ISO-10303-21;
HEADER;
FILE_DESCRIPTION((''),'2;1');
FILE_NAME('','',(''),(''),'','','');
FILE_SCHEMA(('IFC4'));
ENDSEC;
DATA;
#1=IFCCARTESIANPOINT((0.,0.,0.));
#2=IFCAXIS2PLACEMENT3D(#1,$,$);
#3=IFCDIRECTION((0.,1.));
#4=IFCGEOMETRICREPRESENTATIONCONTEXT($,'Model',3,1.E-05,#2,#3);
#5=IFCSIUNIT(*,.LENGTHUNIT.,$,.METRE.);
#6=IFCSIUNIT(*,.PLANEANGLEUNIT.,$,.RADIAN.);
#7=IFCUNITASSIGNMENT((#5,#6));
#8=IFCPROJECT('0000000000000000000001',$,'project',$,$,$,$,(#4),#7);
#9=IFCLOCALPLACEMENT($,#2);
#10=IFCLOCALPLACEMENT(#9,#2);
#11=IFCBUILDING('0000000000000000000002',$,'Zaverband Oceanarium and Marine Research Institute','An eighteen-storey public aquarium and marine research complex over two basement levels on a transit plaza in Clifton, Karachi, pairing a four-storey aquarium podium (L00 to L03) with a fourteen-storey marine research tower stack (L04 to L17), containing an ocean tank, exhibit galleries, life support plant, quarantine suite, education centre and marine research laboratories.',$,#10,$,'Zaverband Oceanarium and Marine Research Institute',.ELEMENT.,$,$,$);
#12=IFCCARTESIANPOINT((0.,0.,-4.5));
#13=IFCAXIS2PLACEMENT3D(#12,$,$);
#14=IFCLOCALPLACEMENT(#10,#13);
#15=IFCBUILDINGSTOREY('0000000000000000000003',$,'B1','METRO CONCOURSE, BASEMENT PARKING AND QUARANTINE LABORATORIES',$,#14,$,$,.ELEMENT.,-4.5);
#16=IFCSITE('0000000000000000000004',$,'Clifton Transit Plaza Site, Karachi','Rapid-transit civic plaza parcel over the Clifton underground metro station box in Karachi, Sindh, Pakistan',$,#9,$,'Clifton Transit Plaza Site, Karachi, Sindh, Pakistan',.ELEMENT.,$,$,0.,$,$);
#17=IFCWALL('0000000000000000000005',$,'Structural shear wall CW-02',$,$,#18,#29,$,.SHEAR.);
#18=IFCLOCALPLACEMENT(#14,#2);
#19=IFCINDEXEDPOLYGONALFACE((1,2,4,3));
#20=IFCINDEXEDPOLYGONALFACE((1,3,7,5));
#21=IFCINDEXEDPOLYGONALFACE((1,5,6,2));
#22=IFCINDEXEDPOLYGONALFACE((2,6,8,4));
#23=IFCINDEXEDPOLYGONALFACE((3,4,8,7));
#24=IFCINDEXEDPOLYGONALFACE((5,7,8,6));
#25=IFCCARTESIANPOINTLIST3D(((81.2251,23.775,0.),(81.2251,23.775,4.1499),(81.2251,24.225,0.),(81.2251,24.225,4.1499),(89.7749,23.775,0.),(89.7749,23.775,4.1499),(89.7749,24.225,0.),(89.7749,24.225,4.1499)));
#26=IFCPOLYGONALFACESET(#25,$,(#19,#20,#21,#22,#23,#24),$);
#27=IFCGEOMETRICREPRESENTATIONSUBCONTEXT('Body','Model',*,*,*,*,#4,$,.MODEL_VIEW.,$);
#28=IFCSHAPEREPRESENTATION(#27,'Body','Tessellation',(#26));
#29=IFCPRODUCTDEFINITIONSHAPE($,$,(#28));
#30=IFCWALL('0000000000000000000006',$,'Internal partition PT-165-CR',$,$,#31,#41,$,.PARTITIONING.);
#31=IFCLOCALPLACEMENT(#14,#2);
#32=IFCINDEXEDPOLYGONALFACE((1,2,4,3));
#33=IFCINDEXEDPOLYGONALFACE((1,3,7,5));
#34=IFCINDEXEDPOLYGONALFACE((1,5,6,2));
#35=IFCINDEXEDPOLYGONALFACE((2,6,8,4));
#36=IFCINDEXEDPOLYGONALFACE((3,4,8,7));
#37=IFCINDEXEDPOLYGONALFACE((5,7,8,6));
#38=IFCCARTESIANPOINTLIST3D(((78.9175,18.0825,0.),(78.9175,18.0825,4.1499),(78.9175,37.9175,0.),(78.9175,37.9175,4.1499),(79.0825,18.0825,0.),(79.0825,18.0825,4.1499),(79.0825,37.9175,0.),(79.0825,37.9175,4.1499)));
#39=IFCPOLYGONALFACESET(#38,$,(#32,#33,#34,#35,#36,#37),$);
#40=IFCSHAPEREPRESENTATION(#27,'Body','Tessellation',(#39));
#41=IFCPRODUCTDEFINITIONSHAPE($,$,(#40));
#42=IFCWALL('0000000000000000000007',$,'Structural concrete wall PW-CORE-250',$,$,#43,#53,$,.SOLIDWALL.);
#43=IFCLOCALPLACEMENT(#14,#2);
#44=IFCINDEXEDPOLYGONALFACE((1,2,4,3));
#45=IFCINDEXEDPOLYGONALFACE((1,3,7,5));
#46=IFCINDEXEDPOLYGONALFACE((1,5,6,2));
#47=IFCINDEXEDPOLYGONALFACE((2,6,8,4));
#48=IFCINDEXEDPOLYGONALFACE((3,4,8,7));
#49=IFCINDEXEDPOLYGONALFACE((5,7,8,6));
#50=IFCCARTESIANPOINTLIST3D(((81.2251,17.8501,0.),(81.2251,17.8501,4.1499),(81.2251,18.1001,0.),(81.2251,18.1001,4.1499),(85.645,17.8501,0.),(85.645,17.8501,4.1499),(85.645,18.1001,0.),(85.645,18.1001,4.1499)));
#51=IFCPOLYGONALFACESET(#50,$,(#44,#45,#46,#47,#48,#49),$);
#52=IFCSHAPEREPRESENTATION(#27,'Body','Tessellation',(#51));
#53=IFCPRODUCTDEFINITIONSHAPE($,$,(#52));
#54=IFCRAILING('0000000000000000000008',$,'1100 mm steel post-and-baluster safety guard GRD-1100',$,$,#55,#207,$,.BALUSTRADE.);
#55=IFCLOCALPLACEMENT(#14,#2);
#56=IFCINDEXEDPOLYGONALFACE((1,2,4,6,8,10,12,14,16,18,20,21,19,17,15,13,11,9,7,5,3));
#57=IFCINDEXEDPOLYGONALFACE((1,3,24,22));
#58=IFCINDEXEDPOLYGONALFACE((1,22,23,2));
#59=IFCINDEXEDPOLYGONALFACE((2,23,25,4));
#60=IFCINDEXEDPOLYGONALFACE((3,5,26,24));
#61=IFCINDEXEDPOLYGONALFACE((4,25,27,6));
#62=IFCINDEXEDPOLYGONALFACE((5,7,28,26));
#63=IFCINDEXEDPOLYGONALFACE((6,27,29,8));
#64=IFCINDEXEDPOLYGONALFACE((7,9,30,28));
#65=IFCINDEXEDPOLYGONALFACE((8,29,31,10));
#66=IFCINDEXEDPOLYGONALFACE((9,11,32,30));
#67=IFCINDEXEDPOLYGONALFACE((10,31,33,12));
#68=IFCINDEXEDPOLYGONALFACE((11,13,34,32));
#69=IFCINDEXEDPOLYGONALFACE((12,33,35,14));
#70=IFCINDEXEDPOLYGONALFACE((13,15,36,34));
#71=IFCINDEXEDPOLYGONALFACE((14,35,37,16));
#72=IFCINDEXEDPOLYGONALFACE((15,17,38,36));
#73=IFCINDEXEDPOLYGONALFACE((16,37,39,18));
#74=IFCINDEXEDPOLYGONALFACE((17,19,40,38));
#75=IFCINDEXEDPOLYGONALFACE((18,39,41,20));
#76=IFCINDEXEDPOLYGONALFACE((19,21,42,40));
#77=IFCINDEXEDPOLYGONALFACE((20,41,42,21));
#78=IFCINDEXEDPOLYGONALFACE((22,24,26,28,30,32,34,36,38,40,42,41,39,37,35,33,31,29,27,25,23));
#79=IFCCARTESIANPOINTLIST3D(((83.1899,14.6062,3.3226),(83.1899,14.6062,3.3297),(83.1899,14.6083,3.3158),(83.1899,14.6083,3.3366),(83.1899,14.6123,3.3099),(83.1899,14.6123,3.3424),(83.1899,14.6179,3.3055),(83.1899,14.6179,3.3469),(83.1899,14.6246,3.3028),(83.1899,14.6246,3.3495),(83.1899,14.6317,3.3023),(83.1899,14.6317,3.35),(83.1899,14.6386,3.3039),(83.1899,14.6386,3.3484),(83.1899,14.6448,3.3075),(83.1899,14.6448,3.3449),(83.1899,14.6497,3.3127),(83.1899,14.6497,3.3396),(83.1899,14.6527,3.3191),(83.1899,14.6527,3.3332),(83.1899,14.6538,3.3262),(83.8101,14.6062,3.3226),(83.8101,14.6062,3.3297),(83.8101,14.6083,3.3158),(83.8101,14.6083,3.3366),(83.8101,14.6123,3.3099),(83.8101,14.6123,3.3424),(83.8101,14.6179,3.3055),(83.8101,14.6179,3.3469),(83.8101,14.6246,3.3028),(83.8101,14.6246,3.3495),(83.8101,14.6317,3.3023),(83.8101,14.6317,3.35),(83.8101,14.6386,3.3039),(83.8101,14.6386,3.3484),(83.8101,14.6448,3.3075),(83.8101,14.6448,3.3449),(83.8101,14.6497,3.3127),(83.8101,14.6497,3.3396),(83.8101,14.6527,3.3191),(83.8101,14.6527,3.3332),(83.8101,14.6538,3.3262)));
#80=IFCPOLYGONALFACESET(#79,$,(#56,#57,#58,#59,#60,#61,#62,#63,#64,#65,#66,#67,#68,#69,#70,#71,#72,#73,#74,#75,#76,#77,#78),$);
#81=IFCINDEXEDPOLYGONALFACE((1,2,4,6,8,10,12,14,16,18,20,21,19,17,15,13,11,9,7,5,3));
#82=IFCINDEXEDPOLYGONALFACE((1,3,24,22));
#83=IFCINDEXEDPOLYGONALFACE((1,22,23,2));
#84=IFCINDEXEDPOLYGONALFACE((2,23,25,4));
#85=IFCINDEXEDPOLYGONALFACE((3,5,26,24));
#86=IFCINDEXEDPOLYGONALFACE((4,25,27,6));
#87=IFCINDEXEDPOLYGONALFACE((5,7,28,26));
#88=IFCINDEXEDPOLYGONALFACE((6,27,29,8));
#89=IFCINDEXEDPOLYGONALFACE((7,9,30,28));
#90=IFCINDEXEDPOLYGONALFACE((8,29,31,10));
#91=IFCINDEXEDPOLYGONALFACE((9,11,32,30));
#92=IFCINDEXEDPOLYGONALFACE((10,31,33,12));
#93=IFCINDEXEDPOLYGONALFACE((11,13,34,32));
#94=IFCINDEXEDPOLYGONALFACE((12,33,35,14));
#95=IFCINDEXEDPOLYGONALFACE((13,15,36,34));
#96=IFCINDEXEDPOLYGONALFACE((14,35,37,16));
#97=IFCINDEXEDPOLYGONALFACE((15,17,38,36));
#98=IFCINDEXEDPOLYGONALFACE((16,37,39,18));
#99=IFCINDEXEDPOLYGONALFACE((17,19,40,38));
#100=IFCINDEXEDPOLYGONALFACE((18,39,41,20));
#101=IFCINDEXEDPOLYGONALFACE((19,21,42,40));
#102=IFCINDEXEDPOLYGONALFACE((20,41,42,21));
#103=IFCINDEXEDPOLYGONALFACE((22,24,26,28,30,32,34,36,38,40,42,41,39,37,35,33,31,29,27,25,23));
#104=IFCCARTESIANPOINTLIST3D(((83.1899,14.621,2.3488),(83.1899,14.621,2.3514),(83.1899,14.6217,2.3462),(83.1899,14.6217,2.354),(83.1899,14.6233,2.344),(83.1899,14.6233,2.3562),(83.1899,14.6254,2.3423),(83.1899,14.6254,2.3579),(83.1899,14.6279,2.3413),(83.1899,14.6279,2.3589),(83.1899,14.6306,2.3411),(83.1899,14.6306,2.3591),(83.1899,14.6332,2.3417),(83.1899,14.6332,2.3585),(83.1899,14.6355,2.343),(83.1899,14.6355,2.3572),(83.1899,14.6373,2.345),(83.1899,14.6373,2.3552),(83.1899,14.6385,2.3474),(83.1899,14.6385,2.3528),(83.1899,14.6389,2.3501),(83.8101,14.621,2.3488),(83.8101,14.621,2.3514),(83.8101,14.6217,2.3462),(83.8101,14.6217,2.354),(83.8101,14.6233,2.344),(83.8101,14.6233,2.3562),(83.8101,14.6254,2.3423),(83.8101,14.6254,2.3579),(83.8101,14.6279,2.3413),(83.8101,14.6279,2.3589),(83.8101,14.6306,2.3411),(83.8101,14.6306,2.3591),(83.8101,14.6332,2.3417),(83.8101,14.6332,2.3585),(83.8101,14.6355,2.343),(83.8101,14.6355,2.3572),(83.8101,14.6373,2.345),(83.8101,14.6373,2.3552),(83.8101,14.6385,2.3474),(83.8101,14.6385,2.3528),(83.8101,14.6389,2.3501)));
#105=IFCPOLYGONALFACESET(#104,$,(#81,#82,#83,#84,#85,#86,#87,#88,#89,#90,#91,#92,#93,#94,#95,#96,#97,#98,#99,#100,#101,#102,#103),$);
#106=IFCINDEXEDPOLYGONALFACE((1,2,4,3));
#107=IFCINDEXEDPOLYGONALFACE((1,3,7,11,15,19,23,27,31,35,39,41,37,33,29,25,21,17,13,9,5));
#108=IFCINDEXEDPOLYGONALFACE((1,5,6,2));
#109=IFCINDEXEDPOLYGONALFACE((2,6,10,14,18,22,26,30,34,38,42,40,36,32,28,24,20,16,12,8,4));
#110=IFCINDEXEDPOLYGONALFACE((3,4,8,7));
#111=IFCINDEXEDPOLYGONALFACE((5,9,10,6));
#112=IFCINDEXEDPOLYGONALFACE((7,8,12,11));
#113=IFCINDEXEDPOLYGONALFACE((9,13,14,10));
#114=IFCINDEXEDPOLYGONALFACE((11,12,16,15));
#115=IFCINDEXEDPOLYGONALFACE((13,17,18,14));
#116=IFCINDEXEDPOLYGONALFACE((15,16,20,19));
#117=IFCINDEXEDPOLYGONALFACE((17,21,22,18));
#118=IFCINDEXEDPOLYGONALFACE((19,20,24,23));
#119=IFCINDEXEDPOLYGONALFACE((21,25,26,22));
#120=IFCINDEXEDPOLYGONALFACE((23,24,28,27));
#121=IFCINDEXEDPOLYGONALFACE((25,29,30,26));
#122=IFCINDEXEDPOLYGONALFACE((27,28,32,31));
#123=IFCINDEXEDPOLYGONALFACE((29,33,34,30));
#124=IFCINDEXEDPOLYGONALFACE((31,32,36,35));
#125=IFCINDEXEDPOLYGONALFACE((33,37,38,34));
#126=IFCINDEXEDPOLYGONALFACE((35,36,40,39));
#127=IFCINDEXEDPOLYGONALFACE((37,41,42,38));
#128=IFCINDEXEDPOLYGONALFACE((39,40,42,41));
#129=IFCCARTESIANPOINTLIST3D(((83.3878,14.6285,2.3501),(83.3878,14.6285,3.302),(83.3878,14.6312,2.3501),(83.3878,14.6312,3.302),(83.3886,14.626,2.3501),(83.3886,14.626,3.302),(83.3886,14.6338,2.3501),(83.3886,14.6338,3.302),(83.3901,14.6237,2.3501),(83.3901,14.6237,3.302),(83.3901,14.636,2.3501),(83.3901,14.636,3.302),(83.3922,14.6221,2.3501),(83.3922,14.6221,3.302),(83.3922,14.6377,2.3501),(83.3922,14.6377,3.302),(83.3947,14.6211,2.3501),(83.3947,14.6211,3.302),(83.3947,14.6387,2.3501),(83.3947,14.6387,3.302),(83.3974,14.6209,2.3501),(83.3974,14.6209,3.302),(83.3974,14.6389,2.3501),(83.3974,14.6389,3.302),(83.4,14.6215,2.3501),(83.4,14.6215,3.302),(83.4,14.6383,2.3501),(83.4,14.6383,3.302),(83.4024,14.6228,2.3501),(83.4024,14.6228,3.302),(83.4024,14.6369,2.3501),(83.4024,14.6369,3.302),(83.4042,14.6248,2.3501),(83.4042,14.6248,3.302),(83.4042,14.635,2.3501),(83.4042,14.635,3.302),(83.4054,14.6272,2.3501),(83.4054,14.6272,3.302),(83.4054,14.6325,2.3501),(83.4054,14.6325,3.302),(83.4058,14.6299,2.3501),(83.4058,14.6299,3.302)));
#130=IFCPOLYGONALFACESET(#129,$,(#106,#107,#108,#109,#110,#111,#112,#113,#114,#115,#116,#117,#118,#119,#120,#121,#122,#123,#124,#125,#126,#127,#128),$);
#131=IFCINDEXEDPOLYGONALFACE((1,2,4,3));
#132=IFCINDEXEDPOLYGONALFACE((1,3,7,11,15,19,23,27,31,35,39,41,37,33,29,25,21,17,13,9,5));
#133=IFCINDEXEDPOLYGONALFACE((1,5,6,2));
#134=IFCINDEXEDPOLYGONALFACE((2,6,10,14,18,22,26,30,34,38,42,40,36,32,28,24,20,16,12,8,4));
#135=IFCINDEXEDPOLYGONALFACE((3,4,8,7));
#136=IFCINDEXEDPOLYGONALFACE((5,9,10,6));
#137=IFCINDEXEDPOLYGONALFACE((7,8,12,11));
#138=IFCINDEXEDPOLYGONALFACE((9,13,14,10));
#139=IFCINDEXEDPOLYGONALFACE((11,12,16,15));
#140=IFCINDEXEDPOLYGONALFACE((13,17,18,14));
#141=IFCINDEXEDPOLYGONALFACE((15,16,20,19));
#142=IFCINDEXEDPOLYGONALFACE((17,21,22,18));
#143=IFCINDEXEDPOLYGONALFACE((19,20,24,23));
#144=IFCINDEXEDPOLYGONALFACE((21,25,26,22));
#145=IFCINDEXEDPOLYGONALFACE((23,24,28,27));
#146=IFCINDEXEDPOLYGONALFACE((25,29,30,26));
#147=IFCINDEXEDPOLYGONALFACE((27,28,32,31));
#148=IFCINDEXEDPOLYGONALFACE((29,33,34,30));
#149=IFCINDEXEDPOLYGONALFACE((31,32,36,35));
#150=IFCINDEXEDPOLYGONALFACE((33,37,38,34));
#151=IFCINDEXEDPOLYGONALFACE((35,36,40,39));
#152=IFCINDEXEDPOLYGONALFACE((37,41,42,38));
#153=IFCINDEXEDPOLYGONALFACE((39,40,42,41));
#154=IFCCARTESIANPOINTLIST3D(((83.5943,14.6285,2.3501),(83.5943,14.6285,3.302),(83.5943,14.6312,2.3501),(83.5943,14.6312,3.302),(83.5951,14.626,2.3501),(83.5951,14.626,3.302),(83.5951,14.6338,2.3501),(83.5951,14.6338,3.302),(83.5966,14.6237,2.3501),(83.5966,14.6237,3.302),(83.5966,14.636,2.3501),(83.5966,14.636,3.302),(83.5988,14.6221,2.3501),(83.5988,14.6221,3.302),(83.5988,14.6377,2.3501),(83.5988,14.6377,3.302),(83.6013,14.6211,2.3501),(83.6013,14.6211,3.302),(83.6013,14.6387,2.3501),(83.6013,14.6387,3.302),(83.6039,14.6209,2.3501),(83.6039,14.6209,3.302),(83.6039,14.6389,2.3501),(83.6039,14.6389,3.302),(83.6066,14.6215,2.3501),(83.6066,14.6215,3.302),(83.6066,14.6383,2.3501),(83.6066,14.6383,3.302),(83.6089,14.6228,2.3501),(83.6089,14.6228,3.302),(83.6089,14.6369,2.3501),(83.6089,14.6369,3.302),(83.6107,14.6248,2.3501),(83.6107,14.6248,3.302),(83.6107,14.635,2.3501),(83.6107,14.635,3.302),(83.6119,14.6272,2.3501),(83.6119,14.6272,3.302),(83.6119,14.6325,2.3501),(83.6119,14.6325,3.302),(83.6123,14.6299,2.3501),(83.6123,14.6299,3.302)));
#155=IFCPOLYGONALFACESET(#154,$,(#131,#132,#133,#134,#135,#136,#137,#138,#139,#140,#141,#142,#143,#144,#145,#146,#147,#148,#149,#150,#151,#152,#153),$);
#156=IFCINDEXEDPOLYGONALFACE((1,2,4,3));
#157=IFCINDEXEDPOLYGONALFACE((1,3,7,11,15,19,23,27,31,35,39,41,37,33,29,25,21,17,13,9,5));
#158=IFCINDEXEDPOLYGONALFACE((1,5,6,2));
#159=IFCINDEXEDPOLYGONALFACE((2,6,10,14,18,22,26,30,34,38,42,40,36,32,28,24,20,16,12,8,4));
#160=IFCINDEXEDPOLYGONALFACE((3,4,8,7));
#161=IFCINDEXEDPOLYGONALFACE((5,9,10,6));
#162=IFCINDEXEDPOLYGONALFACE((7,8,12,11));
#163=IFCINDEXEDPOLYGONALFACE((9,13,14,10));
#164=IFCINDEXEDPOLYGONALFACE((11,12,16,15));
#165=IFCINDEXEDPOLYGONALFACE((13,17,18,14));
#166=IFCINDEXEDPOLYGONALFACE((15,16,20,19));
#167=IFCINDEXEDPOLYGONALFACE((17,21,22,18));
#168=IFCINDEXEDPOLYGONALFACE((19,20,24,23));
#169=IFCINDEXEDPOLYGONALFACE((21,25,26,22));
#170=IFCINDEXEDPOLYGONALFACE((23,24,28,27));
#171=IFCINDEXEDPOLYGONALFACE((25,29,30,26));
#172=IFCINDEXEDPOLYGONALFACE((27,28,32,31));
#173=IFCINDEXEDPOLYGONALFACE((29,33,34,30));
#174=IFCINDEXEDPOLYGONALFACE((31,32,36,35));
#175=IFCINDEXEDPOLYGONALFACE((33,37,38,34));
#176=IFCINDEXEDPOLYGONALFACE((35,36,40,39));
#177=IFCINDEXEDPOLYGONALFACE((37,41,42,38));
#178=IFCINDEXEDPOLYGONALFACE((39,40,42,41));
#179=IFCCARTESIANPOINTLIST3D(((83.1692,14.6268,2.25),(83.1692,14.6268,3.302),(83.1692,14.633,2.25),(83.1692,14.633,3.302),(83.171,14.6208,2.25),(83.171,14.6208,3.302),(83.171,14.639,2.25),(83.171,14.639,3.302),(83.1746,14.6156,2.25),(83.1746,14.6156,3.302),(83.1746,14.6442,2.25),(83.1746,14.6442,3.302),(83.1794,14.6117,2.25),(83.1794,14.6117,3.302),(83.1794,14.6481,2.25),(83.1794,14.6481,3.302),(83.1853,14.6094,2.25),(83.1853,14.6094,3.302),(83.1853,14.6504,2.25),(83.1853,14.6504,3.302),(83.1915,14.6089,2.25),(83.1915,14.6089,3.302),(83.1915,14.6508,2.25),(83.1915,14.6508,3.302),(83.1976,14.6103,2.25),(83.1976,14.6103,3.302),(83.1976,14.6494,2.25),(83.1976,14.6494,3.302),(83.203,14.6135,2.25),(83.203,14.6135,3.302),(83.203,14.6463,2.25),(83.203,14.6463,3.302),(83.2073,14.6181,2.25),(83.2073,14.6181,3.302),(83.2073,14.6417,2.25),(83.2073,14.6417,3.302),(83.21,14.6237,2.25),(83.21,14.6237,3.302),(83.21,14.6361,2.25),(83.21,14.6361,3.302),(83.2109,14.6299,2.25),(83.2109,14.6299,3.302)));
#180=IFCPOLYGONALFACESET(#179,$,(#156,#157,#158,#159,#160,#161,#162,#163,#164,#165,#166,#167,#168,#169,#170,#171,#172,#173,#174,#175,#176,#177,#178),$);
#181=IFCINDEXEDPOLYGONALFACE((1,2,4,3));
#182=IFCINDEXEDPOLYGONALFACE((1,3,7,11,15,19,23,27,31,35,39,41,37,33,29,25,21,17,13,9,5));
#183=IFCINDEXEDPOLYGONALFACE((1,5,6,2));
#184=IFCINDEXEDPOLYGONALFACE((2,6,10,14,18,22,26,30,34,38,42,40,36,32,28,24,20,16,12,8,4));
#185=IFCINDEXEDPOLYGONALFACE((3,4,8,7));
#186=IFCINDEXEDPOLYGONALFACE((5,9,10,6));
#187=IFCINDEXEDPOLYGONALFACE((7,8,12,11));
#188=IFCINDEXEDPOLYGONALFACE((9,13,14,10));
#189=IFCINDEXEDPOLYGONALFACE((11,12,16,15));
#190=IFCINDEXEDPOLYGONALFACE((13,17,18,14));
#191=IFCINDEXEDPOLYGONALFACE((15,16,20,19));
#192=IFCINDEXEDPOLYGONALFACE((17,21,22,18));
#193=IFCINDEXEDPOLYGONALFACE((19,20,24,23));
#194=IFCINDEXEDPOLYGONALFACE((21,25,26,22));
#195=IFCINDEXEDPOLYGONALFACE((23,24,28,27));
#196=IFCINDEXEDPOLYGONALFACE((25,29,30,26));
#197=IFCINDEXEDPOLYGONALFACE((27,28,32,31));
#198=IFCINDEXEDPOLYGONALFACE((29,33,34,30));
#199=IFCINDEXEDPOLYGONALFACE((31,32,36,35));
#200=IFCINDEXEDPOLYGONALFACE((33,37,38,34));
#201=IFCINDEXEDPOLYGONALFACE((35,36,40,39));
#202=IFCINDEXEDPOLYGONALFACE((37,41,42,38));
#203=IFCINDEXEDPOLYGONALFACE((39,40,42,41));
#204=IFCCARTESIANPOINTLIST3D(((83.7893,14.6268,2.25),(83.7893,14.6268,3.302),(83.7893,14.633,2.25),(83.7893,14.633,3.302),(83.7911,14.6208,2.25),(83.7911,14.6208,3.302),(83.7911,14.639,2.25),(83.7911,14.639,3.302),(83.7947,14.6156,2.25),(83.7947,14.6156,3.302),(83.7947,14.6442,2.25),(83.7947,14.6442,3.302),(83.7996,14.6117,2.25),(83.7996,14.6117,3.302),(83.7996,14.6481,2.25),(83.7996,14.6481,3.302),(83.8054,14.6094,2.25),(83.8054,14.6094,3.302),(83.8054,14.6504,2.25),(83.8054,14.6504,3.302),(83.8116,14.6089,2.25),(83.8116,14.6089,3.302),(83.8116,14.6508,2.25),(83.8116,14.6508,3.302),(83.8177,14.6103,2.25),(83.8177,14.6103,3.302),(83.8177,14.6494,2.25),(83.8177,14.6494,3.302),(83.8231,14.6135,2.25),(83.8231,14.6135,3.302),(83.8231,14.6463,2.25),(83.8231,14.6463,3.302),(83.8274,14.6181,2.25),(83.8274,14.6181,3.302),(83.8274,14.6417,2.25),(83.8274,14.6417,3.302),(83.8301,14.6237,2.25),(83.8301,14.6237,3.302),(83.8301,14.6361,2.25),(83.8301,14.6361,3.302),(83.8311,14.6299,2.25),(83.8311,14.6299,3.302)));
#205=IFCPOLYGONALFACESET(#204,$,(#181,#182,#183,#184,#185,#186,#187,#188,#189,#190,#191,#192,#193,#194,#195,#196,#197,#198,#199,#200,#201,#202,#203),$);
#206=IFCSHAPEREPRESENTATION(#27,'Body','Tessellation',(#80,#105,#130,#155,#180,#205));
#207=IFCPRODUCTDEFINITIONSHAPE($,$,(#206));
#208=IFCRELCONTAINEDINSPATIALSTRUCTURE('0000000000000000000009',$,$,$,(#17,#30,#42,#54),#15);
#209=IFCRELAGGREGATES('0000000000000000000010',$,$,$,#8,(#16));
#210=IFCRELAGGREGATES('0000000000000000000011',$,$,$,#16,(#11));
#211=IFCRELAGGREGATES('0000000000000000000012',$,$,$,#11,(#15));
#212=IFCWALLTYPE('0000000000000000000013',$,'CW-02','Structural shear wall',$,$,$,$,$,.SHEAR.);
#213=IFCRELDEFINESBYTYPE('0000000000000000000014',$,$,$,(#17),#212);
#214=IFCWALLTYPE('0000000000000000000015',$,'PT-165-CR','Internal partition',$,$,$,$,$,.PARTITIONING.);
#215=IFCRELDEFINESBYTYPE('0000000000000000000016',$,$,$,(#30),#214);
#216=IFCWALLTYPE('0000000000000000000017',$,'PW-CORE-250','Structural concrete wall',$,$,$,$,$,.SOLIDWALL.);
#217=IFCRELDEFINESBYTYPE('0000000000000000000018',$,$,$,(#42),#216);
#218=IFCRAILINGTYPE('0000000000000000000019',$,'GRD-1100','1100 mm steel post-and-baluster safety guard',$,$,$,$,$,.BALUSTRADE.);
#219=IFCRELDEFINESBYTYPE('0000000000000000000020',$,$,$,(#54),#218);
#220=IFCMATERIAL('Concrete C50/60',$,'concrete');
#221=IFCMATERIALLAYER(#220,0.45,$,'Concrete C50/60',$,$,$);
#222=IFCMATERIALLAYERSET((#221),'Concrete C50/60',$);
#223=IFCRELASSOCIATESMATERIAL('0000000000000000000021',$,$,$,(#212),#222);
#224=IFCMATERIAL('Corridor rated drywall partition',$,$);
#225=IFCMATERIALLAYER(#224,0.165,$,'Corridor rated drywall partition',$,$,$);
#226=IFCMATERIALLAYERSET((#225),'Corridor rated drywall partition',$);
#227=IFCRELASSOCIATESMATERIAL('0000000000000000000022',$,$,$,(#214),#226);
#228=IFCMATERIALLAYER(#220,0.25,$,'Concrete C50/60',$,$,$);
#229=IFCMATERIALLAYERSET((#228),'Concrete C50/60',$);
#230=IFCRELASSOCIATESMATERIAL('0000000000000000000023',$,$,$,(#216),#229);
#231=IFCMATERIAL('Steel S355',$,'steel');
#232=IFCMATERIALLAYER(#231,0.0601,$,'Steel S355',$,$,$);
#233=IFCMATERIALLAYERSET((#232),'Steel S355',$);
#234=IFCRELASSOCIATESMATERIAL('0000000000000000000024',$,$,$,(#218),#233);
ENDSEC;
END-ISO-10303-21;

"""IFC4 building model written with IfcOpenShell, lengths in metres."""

from ifc_helpers import new_model, si_unit, direction, frame, frame_2d, origin, origin_2d, place, context, subcontext, project, spatial, rectangle, circle, extrude, material, layer, layer_set, type_object, element, save


model = new_model("IFC4")

# Units and contexts
model_context = context("Model", 3, precision=1e-05, world=origin(), true_north=direction((0.0, 1.0)))
body_context = subcontext(model_context, "Body", "Model", "MODEL_VIEW")
ifc_project = project(units=[si_unit("LENGTHUNIT", "METRE"), si_unit("PLANEANGLEUNIT", "RADIAN")], contexts=[model_context])

# Site, building, storey
site_placement = place(None, origin())
site = spatial("IfcSite", under=ifc_project, at=site_placement, Name="Clifton Transit Plaza Site, Karachi", Description="Rapid-transit civic plaza parcel over the Clifton underground metro station box in Karachi, Sindh, Pakistan", LongName="Clifton Transit Plaza Site, Karachi, Sindh, Pakistan", CompositionType="ELEMENT", RefElevation=0.0)
building_placement = place(site_placement, origin())
building = spatial("IfcBuilding", under=site, at=building_placement, Name="Zaverband Oceanarium and Marine Research Institute", Description="An eighteen-storey public aquarium and marine research complex over two basement levels on a transit plaza in Clifton, Karachi, pairing a four-storey aquarium podium (L00 to L03) with a fourteen-storey marine research tower stack (L04 to L17), containing an ocean tank, exhibit galleries, life support plant, quarantine suite, education centre and marine research laboratories.", LongName="Zaverband Oceanarium and Marine Research Institute", CompositionType="ELEMENT")
storey_placement = place(building_placement, frame((0.0, 0.0, -4.5)))
storey = spatial("IfcBuildingStorey", under=building, at=storey_placement, Name="B1", Description="METRO CONCOURSE, BASEMENT PARKING AND QUARANTINE LABORATORIES", CompositionType="ELEMENT", Elevation=-4.5)

# Shared definitions
ifc_material_1 = material(Name="Concrete C50/60", Category="concrete")

# Walls
ifc_layer_1 = layer(ifc_material_1, 0.45, Name="Concrete C50/60")
ifc_layer_set_1 = layer_set([ifc_layer_1], Name="Concrete C50/60")
wall_type_1 = type_object("IfcWallType", Name="CW-02", Description="Structural shear wall", PredefinedType="SHEAR", material=ifc_layer_set_1)
wall_1_placement = place(storey_placement, frame((81.2251, 24.0, 0.0), z_axis=(0.0, 0.0, 1.0), x_axis=(1.0, 0.0, 0.0)))
element("IfcWall", 1, at=wall_1_placement, inside=storey, type_object=wall_type_1, Name="Structural shear wall CW-02", PredefinedType="SHEAR", context=body_context, shape_type="SweptSolid", body=[
    extrude(rectangle(XDim=8.5498, YDim=0.45, at=frame_2d((4.2749, 0.0))), origin(), (0.0, 0.0, 1.0), 4.1499),
])
ifc_material_2 = material(Name="Corridor rated drywall partition")
ifc_layer_2 = layer(ifc_material_2, 0.165, Name="Corridor rated drywall partition")
ifc_layer_set_2 = layer_set([ifc_layer_2], Name="Corridor rated drywall partition")
wall_type_2 = type_object("IfcWallType", Name="PT-165-CR", Description="Internal partition", PredefinedType="PARTITIONING", material=ifc_layer_set_2)
wall_2_placement = place(storey_placement, frame((79.0, 18.0825, 0.0), z_axis=(0.0, 0.0, 1.0), x_axis=(0.0, 1.0, 0.0)))
element("IfcWall", 2, at=wall_2_placement, inside=storey, type_object=wall_type_2, Name="Internal partition PT-165-CR", PredefinedType="PARTITIONING", context=body_context, shape_type="SweptSolid", body=[
    extrude(rectangle(XDim=19.835, YDim=0.165, at=frame_2d((9.9175, 0.0))), origin(), (0.0, 0.0, 1.0), 4.1499),
])
ifc_layer_3 = layer(ifc_material_1, 0.25, Name="Concrete C50/60")
ifc_layer_set_3 = layer_set([ifc_layer_3], Name="Concrete C50/60")
wall_type_3 = type_object("IfcWallType", Name="PW-CORE-250", Description="Structural concrete wall", PredefinedType="SOLIDWALL", material=ifc_layer_set_3)
wall_3_placement = place(storey_placement, frame((81.2251, 17.9751, 0.0), z_axis=(0.0, 0.0, 1.0), x_axis=(1.0, 0.0, 0.0)))
element("IfcWall", 3, at=wall_3_placement, inside=storey, type_object=wall_type_3, Name="Structural concrete wall PW-CORE-250", PredefinedType="SOLIDWALL", context=body_context, shape_type="SweptSolid", body=[
    extrude(rectangle(XDim=4.4199, YDim=0.25, at=frame_2d((2.21, 0.0))), origin(), (0.0, 0.0, 1.0), 4.1499),
])

# Railing
ifc_material_3 = material(Name="Steel S355", Category="steel")
ifc_layer_4 = layer(ifc_material_3, 0.0601, Name="Steel S355")
ifc_layer_set_4 = layer_set([ifc_layer_4], Name="Steel S355")
railing_type_1 = type_object("IfcRailingType", Name="GRD-1100", Description="1100 mm steel post-and-baluster safety guard", PredefinedType="BALUSTRADE", material=ifc_layer_set_4)
railing_1_placement = place(storey_placement, frame((83.1899, 14.6299, 2.25)))
element("IfcRailing", 4, at=railing_1_placement, inside=storey, type_object=railing_type_1, Name="1100 mm steel post-and-baluster safety guard GRD-1100", PredefinedType="BALUSTRADE", context=body_context, shape_type="SweptSolid", body=[
    extrude(circle(Radius=0.0239, at=origin_2d()), frame((0.0, 0.0, 1.0762), z_axis=(1.0, 0.0, 0.0), x_axis=(0.0, 1.0, 0.0)), (0.0, 0.0, 1.0), 0.6201),
    extrude(circle(Radius=0.009, at=origin_2d()), frame((0.0, 0.0, 0.1001), z_axis=(1.0, 0.0, 0.0), x_axis=(0.0, 1.0, 0.0)), (0.0, 0.0, 1.0), 0.6201),
    extrude(circle(Radius=0.009, at=origin_2d()), frame((0.2068, 0.0, 0.1001)), (0.0, 0.0, 1.0), 0.9519),
    extrude(circle(Radius=0.009, at=origin_2d()), frame((0.4133, 0.0, 0.1001)), (0.0, 0.0, 1.0), 0.9519),
    extrude(circle(Radius=0.021, at=origin_2d()), origin(), (0.0, 0.0, 1.0), 1.052),
    extrude(circle(Radius=0.021, at=origin_2d()), frame((0.6201, 0.0, 0.0)), (0.0, 0.0, 1.0), 1.052),
])

save(model, "model.ifc")
